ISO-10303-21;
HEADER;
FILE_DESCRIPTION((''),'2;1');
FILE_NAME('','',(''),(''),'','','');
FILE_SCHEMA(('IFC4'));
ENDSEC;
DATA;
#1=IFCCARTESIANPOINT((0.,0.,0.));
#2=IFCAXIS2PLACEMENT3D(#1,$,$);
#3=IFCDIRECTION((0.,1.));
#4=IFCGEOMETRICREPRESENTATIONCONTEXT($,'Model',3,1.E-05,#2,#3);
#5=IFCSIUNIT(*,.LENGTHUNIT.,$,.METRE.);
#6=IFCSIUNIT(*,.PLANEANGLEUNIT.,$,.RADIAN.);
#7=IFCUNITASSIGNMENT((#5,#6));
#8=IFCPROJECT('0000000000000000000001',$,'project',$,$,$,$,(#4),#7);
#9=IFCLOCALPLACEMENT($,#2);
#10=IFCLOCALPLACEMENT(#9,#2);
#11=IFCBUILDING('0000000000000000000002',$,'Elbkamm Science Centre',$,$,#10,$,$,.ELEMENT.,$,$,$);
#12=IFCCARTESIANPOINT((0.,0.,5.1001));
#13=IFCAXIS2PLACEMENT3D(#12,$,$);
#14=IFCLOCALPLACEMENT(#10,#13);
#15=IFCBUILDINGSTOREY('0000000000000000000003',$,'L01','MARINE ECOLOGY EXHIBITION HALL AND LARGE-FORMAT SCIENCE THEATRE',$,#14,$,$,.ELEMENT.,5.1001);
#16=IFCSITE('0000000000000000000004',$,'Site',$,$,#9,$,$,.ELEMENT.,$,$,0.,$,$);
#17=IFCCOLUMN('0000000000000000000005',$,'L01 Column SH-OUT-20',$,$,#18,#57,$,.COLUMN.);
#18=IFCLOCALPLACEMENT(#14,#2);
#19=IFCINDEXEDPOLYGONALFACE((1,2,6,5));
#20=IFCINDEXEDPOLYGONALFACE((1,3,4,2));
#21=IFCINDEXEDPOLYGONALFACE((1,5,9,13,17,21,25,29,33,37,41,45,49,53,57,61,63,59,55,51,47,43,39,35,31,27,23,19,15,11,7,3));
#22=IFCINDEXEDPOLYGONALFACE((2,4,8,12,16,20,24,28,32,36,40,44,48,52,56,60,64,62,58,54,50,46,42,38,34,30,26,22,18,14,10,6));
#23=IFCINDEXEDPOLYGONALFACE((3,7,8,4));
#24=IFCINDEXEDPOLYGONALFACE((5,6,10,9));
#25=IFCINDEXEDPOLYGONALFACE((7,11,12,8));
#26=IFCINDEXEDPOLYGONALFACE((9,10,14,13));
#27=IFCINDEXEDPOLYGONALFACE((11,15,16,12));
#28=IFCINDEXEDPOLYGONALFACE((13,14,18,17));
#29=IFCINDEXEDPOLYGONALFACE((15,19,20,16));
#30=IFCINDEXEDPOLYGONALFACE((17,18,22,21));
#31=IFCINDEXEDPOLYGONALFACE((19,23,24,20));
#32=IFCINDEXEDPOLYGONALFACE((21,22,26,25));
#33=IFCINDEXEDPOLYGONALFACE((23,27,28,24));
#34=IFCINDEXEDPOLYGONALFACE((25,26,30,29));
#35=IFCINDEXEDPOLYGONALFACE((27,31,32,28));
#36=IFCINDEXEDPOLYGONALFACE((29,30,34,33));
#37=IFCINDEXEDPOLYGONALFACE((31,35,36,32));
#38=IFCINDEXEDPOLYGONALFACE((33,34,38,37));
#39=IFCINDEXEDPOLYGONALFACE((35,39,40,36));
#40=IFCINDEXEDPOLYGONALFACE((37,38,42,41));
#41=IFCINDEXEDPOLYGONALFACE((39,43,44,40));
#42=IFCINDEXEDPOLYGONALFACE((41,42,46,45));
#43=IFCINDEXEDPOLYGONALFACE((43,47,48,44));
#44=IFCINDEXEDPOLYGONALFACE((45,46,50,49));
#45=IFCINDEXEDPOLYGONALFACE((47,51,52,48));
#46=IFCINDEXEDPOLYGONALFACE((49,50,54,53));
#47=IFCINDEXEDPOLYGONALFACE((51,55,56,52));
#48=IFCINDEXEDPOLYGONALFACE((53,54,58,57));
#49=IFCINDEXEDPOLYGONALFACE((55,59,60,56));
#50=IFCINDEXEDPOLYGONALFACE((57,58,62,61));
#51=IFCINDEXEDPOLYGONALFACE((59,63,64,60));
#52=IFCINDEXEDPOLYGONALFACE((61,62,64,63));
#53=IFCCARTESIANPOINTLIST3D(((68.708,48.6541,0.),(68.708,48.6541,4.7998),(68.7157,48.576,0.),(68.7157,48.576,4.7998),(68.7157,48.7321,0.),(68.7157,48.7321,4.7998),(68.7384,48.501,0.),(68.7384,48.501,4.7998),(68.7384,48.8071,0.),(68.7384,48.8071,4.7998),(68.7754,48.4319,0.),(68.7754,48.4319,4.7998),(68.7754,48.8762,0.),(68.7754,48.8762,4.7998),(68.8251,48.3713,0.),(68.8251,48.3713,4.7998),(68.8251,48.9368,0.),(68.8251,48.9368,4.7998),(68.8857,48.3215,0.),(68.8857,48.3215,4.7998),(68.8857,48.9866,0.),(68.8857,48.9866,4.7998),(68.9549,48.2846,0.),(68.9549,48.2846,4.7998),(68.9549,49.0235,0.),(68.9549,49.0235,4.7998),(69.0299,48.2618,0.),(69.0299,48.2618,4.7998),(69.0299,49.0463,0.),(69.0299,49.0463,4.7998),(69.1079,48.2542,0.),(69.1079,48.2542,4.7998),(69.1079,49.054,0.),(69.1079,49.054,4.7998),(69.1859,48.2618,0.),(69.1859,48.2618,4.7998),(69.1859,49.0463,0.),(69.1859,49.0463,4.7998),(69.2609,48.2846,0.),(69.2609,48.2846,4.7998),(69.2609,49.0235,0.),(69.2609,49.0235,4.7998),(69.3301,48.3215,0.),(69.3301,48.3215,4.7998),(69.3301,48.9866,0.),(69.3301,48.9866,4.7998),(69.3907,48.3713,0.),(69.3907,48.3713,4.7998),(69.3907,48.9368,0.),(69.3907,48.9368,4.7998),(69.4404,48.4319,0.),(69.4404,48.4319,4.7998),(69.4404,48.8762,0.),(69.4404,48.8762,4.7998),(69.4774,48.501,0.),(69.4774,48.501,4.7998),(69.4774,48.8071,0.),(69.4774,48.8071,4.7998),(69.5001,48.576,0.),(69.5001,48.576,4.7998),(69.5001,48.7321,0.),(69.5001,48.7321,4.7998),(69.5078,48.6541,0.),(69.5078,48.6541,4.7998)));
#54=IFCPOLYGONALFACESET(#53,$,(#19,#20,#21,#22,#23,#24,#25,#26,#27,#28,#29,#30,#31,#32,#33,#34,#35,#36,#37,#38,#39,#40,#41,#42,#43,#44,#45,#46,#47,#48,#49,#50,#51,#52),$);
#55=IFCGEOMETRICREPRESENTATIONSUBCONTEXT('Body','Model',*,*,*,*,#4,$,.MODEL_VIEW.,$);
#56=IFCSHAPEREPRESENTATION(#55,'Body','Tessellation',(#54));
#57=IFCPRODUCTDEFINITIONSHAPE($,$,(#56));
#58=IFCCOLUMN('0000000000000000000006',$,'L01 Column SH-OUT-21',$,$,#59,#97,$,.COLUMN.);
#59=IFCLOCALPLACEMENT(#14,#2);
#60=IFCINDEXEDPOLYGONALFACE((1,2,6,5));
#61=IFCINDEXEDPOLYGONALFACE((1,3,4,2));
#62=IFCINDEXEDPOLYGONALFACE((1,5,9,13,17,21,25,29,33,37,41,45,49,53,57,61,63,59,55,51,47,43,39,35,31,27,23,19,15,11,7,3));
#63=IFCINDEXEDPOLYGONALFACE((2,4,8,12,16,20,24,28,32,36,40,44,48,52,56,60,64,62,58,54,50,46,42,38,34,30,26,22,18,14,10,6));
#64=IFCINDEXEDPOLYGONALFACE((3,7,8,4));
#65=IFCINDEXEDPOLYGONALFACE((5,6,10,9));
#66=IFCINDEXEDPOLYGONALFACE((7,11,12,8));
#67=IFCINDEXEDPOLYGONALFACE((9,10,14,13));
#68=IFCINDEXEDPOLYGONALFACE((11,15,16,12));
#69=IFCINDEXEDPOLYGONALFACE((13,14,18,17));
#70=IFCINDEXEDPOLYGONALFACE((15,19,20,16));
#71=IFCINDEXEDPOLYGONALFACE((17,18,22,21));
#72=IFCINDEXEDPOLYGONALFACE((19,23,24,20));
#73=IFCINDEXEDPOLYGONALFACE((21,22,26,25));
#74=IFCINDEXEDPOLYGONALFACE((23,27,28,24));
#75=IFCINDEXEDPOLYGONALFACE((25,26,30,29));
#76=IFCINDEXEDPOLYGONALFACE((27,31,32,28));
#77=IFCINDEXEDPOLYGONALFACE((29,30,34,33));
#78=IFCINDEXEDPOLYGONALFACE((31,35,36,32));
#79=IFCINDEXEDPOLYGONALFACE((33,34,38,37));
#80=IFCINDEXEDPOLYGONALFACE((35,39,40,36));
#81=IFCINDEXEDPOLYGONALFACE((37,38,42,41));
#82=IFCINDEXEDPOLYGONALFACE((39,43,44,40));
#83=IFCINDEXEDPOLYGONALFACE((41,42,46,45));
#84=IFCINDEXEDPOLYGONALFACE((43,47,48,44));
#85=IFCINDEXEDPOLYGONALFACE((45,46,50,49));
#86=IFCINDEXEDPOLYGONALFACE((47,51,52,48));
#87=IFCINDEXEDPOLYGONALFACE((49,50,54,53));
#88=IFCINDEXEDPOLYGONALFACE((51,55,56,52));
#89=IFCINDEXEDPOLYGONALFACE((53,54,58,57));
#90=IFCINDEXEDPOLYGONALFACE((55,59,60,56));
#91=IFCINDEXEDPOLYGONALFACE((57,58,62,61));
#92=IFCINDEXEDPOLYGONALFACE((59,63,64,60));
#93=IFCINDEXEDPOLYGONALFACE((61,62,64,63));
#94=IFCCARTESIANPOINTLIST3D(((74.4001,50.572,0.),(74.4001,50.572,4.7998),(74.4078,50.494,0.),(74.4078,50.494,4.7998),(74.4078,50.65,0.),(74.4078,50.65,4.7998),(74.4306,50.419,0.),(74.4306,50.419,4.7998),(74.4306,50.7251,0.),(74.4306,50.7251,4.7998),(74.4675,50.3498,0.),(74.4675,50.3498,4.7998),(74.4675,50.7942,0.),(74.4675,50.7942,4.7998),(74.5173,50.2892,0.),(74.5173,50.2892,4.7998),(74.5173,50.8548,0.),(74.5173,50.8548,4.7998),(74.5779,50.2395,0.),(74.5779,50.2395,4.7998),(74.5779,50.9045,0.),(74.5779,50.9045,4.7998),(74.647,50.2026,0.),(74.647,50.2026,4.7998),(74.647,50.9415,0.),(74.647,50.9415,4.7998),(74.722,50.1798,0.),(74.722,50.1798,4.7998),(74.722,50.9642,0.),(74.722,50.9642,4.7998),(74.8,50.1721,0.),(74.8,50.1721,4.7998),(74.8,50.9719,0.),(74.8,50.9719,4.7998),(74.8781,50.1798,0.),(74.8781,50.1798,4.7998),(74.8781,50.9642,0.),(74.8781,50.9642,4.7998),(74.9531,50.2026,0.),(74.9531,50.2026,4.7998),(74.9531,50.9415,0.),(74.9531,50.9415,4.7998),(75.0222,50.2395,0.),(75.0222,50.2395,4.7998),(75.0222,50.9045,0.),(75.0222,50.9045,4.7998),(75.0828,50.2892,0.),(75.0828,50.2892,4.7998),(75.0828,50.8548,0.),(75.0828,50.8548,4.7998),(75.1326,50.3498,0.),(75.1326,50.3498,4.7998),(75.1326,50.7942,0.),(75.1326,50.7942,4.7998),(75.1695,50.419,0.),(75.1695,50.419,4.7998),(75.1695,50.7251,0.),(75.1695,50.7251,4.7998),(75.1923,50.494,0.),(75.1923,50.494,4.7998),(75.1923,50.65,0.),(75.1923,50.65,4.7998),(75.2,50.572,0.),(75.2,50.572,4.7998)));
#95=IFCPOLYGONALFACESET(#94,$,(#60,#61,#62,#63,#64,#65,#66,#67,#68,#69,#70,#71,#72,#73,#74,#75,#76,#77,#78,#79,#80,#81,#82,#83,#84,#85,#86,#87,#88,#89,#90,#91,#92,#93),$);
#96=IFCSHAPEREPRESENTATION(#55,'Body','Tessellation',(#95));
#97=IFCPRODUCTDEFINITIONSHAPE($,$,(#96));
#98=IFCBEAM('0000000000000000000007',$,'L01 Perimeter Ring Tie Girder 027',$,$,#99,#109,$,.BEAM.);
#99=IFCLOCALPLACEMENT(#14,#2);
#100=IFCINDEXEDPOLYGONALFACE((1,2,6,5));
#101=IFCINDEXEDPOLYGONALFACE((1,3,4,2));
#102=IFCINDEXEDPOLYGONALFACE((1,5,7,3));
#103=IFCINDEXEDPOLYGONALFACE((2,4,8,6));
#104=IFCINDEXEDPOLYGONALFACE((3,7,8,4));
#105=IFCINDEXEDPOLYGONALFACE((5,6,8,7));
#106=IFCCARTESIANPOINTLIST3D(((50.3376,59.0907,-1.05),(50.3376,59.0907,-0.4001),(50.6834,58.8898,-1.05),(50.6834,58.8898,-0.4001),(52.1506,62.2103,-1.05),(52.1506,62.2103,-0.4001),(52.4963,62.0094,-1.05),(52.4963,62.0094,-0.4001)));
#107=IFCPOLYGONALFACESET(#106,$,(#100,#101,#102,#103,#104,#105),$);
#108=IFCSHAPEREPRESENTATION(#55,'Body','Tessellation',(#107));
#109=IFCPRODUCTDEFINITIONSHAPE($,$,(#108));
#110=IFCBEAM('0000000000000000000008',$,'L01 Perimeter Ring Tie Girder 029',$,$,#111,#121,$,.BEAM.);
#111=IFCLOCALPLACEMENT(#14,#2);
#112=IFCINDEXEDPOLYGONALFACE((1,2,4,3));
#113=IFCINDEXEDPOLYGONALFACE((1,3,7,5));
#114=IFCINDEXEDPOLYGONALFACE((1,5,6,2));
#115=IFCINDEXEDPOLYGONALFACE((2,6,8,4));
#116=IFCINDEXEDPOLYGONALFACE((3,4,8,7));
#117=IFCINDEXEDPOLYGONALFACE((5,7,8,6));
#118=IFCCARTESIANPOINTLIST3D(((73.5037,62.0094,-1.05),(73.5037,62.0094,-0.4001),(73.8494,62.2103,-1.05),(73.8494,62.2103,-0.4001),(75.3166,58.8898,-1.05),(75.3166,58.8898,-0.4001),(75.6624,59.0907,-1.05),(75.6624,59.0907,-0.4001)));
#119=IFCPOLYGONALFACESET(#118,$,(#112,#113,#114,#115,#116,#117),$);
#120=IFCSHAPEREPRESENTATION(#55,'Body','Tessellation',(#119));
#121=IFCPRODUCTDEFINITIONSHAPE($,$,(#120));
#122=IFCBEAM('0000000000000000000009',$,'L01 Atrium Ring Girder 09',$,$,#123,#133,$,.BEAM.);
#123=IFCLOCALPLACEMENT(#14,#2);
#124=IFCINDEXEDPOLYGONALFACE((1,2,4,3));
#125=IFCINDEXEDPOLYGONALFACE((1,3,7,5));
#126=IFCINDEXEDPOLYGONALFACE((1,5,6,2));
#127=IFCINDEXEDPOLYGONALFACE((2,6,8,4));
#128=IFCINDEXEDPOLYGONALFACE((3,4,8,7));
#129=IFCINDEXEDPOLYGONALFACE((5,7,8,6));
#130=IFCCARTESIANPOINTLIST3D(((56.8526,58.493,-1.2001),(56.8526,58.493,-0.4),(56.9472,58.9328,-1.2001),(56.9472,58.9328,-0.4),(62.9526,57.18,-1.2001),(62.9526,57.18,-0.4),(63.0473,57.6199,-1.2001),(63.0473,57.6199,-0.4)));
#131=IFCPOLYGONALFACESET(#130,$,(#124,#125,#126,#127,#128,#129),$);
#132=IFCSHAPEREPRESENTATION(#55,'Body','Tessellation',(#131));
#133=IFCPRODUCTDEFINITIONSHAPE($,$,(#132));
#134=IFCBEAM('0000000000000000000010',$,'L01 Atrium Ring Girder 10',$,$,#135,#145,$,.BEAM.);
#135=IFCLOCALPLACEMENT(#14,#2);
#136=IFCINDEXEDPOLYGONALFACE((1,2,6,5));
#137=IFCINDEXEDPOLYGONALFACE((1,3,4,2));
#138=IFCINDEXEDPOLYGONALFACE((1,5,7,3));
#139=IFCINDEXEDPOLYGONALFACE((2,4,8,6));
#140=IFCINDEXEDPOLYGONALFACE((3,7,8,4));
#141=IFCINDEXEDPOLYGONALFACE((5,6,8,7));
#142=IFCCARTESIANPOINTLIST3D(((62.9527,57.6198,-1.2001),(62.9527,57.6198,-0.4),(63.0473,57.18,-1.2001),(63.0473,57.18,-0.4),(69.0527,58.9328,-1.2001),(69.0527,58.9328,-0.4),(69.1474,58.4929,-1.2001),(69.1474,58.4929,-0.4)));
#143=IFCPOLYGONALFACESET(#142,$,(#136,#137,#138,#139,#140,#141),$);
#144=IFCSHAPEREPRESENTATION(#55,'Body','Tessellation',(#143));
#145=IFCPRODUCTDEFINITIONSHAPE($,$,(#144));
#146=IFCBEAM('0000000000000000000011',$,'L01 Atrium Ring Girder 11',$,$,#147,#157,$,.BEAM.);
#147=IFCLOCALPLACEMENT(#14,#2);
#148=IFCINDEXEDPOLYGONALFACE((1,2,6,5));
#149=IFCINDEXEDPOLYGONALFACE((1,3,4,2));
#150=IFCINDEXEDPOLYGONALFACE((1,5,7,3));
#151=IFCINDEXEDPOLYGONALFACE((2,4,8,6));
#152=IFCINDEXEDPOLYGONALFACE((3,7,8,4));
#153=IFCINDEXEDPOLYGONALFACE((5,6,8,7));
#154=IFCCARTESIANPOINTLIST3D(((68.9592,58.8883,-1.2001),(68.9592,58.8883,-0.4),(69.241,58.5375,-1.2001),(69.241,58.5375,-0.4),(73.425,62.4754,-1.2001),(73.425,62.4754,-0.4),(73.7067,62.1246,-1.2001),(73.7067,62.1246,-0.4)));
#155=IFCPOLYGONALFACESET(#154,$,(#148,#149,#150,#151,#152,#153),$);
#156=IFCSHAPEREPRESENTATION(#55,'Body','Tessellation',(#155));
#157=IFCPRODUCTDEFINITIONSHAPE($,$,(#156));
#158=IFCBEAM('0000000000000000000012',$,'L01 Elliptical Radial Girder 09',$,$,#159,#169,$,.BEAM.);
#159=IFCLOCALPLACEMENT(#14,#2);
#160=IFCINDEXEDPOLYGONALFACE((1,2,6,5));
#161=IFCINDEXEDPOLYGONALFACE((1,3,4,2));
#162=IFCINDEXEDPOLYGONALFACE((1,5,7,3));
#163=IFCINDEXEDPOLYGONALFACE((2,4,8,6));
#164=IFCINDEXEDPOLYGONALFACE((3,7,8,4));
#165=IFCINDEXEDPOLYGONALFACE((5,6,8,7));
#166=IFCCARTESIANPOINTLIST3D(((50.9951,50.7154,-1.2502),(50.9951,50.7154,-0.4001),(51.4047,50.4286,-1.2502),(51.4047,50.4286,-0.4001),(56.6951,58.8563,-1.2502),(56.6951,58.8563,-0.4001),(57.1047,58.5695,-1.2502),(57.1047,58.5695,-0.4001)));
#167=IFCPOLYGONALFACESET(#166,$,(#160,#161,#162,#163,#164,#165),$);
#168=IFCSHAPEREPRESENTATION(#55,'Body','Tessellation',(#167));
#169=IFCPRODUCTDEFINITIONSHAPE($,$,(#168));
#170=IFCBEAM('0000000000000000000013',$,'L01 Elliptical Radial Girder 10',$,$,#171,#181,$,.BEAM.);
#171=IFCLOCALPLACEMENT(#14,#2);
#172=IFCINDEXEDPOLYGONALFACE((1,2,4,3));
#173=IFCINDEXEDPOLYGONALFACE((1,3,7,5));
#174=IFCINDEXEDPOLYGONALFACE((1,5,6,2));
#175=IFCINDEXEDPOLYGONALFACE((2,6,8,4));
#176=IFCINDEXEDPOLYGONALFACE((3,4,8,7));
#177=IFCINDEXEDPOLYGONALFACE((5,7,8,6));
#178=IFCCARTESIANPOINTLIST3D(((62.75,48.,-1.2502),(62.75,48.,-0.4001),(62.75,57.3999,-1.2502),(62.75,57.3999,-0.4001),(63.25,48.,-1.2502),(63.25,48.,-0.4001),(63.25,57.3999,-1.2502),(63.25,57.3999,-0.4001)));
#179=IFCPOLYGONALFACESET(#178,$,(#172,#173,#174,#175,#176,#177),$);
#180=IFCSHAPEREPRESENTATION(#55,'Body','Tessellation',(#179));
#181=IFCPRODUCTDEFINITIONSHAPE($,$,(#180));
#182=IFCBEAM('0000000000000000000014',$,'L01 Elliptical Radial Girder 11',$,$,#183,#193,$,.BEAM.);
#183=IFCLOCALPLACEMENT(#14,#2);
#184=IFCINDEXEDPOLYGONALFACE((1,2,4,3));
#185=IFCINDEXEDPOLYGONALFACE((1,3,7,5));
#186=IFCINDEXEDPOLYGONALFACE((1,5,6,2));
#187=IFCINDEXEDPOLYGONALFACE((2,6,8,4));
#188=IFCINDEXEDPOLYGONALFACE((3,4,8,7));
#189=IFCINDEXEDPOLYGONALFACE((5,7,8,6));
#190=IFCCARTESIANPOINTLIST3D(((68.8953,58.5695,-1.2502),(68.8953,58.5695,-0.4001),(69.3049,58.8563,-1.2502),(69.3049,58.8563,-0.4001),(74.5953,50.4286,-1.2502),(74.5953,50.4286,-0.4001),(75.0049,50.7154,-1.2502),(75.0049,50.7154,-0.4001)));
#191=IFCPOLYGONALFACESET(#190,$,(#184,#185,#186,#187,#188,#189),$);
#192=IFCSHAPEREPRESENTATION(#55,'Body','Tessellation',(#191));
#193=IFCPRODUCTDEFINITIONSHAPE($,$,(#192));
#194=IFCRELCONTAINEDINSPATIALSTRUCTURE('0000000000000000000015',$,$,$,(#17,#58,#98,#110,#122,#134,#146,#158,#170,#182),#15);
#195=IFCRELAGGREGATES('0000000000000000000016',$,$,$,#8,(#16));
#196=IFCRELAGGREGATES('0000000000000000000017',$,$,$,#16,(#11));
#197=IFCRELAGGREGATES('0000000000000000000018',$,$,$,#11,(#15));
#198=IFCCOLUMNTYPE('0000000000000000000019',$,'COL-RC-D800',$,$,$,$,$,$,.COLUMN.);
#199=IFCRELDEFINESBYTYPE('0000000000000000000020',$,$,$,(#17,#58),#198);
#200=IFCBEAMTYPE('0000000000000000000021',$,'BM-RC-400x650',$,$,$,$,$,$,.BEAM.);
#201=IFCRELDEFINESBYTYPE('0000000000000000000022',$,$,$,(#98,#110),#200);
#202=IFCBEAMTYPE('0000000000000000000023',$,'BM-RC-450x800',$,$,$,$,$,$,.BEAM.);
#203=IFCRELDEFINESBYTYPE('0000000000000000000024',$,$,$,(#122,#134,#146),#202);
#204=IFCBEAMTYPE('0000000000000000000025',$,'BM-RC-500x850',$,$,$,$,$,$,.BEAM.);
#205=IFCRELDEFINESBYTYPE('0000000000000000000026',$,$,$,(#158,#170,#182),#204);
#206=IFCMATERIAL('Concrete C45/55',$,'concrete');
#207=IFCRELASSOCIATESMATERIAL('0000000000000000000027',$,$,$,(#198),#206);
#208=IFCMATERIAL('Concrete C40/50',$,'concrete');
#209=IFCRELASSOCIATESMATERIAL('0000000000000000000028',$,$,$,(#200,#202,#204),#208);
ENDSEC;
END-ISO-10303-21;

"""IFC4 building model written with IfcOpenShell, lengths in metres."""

from ifc_helpers import new_model, si_unit, direction, frame, origin, origin_2d, place, context, subcontext, project, spatial, rectangle, circle, extrude, material, material_profile, profile_set, type_object, element, save


model = new_model("IFC4")

# Units and contexts
model_context = context("Model", 3, precision=1e-05, world=origin(), true_north=direction((0.0, 1.0)))
body_context = subcontext(model_context, "Body", "Model", "MODEL_VIEW")
ifc_project = project(units=[si_unit("LENGTHUNIT", "METRE"), si_unit("PLANEANGLEUNIT", "RADIAN")], contexts=[model_context])

# Site, building, storey
site_placement = place(None, origin())
site = spatial("IfcSite", under=ifc_project, at=site_placement, Name="Site", CompositionType="ELEMENT", RefElevation=0.0)
building_placement = place(site_placement, origin())
building = spatial("IfcBuilding", under=site, at=building_placement, Name="Elbkamm Science Centre", CompositionType="ELEMENT")
storey_placement = place(building_placement, frame((0.0, 0.0, 5.1001)))
storey = spatial("IfcBuildingStorey", under=building, at=storey_placement, Name="L01", Description="MARINE ECOLOGY EXHIBITION HALL AND LARGE-FORMAT SCIENCE THEATRE", CompositionType="ELEMENT", Elevation=5.1001)

# Columns
ifc_material_1 = material(Name="Concrete C40/50", Category="concrete")
ifc_material_2 = material(Name="Concrete C45/55", Category="concrete")
ifc_material_profile_1 = material_profile(ifc_material_2, circle(Radius=0.3999, at=origin_2d()), Name="RC D800")
ifc_profile_set_1 = profile_set([ifc_material_profile_1], Name="Concrete C45/55")
column_type_1 = type_object("IfcColumnType", Name="COL-RC-D800", PredefinedType="COLUMN", material=ifc_profile_set_1)
for number, where, z_axis, x_axis, name in (
    (1, (69.1079, 48.6541, 0.0), (0.0, 0.0, 1.0), (1.0, 0.0, 0.0), "L01 Column SH-OUT-20"),
    (2, (74.8, 50.572, 0.0), (0.0, 0.0, 1.0), (1.0, 0.0, 0.0), "L01 Column SH-OUT-21"),
):
    element("IfcColumn", number, at=place(storey_placement, frame(where, z_axis=z_axis, x_axis=x_axis)), inside=storey, type_object=column_type_1, Name=name, PredefinedType="COLUMN", context=body_context, shape_type="SweptSolid", body=[
        extrude(circle(Radius=0.3999, at=origin_2d()), origin(), (0.0, 0.0, 1.0), 4.7998),
    ])

# Beams
ifc_material_profile_2 = material_profile(ifc_material_1, rectangle(XDim=0.3999, YDim=0.6499, at=origin_2d()), Name="RC 400x650")
ifc_profile_set_2 = profile_set([ifc_material_profile_2], Name="Concrete C40/50")
beam_type_1 = type_object("IfcBeamType", Name="BM-RC-400x650", PredefinedType="BEAM", material=ifc_profile_set_2)
for number, where, z_axis, x_axis, name in (
    (3, (50.5105, 58.9902, -0.7251), (0.502465, 0.864597, 0.0), (-0.864597, 0.502465, 0.0), "L01 Perimeter Ring Tie Girder 027"),
    (4, (75.4895, 58.9902, -0.7251), (-0.502465, 0.864597, 0.0), (-0.864597, -0.502465, 0.0), "L01 Perimeter Ring Tie Girder 029"),
):
    element("IfcBeam", number, at=place(storey_placement, frame(where, z_axis=z_axis, x_axis=x_axis)), inside=storey, type_object=beam_type_1, Name=name, PredefinedType="BEAM", context=body_context, shape_type="SweptSolid", body=[
        extrude(rectangle(XDim=0.3999, YDim=0.6499, at=origin_2d()), origin(), (0.0, 0.0, 1.0), 3.6082),
    ])
ifc_material_profile_3 = material_profile(ifc_material_1, rectangle(XDim=0.45, YDim=0.8, at=origin_2d()), Name="RC 450x800")
ifc_profile_set_3 = profile_set([ifc_material_profile_3], Name="Concrete C40/50")
beam_type_2 = type_object("IfcBeamType", Name="BM-RC-450x800", PredefinedType="BEAM", material=ifc_profile_set_3)
for number, where, z_axis, x_axis, name in (
    (5, (56.8999, 58.7129, -0.8), (0.977611, -0.210421, 0.0), (0.210421, 0.977611, 0.0), "L01 Atrium Ring Girder 09"),
    (6, (63.0, 57.3999, -0.8), (0.977611, 0.210421, 0.0), (-0.210421, 0.977611, 0.0), "L01 Atrium Ring Girder 10"),
):
    element("IfcBeam", number, at=place(storey_placement, frame(where, z_axis=z_axis, x_axis=x_axis)), inside=storey, type_object=beam_type_2, Name=name, PredefinedType="BEAM", context=body_context, shape_type="SweptSolid", body=[
        extrude(rectangle(XDim=0.45, YDim=0.8, at=origin_2d()), origin(), (0.0, 0.0, 1.0), 6.2397),
    ])
beam_1_placement = place(storey_placement, frame((69.1001, 58.7129, -0.8), z_axis=(0.779632, 0.626238, 0.0), x_axis=(-0.626238, 0.779632, 0.0)))
element("IfcBeam", 7, at=beam_1_placement, inside=storey, type_object=beam_type_2, Name="L01 Atrium Ring Girder 11", PredefinedType="BEAM", context=body_context, shape_type="SweptSolid", body=[
    extrude(rectangle(XDim=0.45, YDim=0.8, at=origin_2d()), origin(), (0.0, 0.0, 1.0), 5.728),
])
ifc_material_profile_4 = material_profile(ifc_material_1, rectangle(XDim=0.5, YDim=0.8501, at=origin_2d()), Name="RC 500x850")
ifc_profile_set_4 = profile_set([ifc_material_profile_4], Name="Concrete C40/50")
beam_type_3 = type_object("IfcBeamType", Name="BM-RC-500x850", PredefinedType="BEAM", material=ifc_profile_set_4)
beam_2_placement = place(storey_placement, frame((56.8999, 58.7129, -0.8252), z_axis=(-0.573553, -0.819168, 0.0), x_axis=(0.819168, -0.573553, 0.0)))
element("IfcBeam", 8, at=beam_2_placement, inside=storey, type_object=beam_type_3, Name="L01 Elliptical Radial Girder 09", PredefinedType="BEAM", context=body_context, shape_type="SweptSolid", body=[
    extrude(rectangle(XDim=0.5, YDim=0.8501, at=origin_2d()), origin(), (0.0, 0.0, 1.0), 9.938),
])
beam_3_placement = place(storey_placement, frame((63.0, 57.3999, -0.8252), z_axis=(0.0, -1.0, 0.0), x_axis=(1.0, 0.0, 0.0)))
element("IfcBeam", 9, at=beam_3_placement, inside=storey, type_object=beam_type_3, Name="L01 Elliptical Radial Girder 10", PredefinedType="BEAM", context=body_context, shape_type="SweptSolid", body=[
    extrude(rectangle(XDim=0.5, YDim=0.8501, at=origin_2d()), origin(), (0.0, 0.0, 1.0), 9.3999),
])
beam_4_placement = place(storey_placement, frame((69.1001, 58.7129, -0.8252), z_axis=(0.573553, -0.819168, 0.0), x_axis=(0.819168, 0.573553, 0.0)))
element("IfcBeam", 10, at=beam_4_placement, inside=storey, type_object=beam_type_3, Name="L01 Elliptical Radial Girder 11", PredefinedType="BEAM", context=body_context, shape_type="SweptSolid", body=[
    extrude(rectangle(XDim=0.5, YDim=0.8501, at=origin_2d()), origin(), (0.0, 0.0, 1.0), 9.938),
])

save(model, "model.ifc")
